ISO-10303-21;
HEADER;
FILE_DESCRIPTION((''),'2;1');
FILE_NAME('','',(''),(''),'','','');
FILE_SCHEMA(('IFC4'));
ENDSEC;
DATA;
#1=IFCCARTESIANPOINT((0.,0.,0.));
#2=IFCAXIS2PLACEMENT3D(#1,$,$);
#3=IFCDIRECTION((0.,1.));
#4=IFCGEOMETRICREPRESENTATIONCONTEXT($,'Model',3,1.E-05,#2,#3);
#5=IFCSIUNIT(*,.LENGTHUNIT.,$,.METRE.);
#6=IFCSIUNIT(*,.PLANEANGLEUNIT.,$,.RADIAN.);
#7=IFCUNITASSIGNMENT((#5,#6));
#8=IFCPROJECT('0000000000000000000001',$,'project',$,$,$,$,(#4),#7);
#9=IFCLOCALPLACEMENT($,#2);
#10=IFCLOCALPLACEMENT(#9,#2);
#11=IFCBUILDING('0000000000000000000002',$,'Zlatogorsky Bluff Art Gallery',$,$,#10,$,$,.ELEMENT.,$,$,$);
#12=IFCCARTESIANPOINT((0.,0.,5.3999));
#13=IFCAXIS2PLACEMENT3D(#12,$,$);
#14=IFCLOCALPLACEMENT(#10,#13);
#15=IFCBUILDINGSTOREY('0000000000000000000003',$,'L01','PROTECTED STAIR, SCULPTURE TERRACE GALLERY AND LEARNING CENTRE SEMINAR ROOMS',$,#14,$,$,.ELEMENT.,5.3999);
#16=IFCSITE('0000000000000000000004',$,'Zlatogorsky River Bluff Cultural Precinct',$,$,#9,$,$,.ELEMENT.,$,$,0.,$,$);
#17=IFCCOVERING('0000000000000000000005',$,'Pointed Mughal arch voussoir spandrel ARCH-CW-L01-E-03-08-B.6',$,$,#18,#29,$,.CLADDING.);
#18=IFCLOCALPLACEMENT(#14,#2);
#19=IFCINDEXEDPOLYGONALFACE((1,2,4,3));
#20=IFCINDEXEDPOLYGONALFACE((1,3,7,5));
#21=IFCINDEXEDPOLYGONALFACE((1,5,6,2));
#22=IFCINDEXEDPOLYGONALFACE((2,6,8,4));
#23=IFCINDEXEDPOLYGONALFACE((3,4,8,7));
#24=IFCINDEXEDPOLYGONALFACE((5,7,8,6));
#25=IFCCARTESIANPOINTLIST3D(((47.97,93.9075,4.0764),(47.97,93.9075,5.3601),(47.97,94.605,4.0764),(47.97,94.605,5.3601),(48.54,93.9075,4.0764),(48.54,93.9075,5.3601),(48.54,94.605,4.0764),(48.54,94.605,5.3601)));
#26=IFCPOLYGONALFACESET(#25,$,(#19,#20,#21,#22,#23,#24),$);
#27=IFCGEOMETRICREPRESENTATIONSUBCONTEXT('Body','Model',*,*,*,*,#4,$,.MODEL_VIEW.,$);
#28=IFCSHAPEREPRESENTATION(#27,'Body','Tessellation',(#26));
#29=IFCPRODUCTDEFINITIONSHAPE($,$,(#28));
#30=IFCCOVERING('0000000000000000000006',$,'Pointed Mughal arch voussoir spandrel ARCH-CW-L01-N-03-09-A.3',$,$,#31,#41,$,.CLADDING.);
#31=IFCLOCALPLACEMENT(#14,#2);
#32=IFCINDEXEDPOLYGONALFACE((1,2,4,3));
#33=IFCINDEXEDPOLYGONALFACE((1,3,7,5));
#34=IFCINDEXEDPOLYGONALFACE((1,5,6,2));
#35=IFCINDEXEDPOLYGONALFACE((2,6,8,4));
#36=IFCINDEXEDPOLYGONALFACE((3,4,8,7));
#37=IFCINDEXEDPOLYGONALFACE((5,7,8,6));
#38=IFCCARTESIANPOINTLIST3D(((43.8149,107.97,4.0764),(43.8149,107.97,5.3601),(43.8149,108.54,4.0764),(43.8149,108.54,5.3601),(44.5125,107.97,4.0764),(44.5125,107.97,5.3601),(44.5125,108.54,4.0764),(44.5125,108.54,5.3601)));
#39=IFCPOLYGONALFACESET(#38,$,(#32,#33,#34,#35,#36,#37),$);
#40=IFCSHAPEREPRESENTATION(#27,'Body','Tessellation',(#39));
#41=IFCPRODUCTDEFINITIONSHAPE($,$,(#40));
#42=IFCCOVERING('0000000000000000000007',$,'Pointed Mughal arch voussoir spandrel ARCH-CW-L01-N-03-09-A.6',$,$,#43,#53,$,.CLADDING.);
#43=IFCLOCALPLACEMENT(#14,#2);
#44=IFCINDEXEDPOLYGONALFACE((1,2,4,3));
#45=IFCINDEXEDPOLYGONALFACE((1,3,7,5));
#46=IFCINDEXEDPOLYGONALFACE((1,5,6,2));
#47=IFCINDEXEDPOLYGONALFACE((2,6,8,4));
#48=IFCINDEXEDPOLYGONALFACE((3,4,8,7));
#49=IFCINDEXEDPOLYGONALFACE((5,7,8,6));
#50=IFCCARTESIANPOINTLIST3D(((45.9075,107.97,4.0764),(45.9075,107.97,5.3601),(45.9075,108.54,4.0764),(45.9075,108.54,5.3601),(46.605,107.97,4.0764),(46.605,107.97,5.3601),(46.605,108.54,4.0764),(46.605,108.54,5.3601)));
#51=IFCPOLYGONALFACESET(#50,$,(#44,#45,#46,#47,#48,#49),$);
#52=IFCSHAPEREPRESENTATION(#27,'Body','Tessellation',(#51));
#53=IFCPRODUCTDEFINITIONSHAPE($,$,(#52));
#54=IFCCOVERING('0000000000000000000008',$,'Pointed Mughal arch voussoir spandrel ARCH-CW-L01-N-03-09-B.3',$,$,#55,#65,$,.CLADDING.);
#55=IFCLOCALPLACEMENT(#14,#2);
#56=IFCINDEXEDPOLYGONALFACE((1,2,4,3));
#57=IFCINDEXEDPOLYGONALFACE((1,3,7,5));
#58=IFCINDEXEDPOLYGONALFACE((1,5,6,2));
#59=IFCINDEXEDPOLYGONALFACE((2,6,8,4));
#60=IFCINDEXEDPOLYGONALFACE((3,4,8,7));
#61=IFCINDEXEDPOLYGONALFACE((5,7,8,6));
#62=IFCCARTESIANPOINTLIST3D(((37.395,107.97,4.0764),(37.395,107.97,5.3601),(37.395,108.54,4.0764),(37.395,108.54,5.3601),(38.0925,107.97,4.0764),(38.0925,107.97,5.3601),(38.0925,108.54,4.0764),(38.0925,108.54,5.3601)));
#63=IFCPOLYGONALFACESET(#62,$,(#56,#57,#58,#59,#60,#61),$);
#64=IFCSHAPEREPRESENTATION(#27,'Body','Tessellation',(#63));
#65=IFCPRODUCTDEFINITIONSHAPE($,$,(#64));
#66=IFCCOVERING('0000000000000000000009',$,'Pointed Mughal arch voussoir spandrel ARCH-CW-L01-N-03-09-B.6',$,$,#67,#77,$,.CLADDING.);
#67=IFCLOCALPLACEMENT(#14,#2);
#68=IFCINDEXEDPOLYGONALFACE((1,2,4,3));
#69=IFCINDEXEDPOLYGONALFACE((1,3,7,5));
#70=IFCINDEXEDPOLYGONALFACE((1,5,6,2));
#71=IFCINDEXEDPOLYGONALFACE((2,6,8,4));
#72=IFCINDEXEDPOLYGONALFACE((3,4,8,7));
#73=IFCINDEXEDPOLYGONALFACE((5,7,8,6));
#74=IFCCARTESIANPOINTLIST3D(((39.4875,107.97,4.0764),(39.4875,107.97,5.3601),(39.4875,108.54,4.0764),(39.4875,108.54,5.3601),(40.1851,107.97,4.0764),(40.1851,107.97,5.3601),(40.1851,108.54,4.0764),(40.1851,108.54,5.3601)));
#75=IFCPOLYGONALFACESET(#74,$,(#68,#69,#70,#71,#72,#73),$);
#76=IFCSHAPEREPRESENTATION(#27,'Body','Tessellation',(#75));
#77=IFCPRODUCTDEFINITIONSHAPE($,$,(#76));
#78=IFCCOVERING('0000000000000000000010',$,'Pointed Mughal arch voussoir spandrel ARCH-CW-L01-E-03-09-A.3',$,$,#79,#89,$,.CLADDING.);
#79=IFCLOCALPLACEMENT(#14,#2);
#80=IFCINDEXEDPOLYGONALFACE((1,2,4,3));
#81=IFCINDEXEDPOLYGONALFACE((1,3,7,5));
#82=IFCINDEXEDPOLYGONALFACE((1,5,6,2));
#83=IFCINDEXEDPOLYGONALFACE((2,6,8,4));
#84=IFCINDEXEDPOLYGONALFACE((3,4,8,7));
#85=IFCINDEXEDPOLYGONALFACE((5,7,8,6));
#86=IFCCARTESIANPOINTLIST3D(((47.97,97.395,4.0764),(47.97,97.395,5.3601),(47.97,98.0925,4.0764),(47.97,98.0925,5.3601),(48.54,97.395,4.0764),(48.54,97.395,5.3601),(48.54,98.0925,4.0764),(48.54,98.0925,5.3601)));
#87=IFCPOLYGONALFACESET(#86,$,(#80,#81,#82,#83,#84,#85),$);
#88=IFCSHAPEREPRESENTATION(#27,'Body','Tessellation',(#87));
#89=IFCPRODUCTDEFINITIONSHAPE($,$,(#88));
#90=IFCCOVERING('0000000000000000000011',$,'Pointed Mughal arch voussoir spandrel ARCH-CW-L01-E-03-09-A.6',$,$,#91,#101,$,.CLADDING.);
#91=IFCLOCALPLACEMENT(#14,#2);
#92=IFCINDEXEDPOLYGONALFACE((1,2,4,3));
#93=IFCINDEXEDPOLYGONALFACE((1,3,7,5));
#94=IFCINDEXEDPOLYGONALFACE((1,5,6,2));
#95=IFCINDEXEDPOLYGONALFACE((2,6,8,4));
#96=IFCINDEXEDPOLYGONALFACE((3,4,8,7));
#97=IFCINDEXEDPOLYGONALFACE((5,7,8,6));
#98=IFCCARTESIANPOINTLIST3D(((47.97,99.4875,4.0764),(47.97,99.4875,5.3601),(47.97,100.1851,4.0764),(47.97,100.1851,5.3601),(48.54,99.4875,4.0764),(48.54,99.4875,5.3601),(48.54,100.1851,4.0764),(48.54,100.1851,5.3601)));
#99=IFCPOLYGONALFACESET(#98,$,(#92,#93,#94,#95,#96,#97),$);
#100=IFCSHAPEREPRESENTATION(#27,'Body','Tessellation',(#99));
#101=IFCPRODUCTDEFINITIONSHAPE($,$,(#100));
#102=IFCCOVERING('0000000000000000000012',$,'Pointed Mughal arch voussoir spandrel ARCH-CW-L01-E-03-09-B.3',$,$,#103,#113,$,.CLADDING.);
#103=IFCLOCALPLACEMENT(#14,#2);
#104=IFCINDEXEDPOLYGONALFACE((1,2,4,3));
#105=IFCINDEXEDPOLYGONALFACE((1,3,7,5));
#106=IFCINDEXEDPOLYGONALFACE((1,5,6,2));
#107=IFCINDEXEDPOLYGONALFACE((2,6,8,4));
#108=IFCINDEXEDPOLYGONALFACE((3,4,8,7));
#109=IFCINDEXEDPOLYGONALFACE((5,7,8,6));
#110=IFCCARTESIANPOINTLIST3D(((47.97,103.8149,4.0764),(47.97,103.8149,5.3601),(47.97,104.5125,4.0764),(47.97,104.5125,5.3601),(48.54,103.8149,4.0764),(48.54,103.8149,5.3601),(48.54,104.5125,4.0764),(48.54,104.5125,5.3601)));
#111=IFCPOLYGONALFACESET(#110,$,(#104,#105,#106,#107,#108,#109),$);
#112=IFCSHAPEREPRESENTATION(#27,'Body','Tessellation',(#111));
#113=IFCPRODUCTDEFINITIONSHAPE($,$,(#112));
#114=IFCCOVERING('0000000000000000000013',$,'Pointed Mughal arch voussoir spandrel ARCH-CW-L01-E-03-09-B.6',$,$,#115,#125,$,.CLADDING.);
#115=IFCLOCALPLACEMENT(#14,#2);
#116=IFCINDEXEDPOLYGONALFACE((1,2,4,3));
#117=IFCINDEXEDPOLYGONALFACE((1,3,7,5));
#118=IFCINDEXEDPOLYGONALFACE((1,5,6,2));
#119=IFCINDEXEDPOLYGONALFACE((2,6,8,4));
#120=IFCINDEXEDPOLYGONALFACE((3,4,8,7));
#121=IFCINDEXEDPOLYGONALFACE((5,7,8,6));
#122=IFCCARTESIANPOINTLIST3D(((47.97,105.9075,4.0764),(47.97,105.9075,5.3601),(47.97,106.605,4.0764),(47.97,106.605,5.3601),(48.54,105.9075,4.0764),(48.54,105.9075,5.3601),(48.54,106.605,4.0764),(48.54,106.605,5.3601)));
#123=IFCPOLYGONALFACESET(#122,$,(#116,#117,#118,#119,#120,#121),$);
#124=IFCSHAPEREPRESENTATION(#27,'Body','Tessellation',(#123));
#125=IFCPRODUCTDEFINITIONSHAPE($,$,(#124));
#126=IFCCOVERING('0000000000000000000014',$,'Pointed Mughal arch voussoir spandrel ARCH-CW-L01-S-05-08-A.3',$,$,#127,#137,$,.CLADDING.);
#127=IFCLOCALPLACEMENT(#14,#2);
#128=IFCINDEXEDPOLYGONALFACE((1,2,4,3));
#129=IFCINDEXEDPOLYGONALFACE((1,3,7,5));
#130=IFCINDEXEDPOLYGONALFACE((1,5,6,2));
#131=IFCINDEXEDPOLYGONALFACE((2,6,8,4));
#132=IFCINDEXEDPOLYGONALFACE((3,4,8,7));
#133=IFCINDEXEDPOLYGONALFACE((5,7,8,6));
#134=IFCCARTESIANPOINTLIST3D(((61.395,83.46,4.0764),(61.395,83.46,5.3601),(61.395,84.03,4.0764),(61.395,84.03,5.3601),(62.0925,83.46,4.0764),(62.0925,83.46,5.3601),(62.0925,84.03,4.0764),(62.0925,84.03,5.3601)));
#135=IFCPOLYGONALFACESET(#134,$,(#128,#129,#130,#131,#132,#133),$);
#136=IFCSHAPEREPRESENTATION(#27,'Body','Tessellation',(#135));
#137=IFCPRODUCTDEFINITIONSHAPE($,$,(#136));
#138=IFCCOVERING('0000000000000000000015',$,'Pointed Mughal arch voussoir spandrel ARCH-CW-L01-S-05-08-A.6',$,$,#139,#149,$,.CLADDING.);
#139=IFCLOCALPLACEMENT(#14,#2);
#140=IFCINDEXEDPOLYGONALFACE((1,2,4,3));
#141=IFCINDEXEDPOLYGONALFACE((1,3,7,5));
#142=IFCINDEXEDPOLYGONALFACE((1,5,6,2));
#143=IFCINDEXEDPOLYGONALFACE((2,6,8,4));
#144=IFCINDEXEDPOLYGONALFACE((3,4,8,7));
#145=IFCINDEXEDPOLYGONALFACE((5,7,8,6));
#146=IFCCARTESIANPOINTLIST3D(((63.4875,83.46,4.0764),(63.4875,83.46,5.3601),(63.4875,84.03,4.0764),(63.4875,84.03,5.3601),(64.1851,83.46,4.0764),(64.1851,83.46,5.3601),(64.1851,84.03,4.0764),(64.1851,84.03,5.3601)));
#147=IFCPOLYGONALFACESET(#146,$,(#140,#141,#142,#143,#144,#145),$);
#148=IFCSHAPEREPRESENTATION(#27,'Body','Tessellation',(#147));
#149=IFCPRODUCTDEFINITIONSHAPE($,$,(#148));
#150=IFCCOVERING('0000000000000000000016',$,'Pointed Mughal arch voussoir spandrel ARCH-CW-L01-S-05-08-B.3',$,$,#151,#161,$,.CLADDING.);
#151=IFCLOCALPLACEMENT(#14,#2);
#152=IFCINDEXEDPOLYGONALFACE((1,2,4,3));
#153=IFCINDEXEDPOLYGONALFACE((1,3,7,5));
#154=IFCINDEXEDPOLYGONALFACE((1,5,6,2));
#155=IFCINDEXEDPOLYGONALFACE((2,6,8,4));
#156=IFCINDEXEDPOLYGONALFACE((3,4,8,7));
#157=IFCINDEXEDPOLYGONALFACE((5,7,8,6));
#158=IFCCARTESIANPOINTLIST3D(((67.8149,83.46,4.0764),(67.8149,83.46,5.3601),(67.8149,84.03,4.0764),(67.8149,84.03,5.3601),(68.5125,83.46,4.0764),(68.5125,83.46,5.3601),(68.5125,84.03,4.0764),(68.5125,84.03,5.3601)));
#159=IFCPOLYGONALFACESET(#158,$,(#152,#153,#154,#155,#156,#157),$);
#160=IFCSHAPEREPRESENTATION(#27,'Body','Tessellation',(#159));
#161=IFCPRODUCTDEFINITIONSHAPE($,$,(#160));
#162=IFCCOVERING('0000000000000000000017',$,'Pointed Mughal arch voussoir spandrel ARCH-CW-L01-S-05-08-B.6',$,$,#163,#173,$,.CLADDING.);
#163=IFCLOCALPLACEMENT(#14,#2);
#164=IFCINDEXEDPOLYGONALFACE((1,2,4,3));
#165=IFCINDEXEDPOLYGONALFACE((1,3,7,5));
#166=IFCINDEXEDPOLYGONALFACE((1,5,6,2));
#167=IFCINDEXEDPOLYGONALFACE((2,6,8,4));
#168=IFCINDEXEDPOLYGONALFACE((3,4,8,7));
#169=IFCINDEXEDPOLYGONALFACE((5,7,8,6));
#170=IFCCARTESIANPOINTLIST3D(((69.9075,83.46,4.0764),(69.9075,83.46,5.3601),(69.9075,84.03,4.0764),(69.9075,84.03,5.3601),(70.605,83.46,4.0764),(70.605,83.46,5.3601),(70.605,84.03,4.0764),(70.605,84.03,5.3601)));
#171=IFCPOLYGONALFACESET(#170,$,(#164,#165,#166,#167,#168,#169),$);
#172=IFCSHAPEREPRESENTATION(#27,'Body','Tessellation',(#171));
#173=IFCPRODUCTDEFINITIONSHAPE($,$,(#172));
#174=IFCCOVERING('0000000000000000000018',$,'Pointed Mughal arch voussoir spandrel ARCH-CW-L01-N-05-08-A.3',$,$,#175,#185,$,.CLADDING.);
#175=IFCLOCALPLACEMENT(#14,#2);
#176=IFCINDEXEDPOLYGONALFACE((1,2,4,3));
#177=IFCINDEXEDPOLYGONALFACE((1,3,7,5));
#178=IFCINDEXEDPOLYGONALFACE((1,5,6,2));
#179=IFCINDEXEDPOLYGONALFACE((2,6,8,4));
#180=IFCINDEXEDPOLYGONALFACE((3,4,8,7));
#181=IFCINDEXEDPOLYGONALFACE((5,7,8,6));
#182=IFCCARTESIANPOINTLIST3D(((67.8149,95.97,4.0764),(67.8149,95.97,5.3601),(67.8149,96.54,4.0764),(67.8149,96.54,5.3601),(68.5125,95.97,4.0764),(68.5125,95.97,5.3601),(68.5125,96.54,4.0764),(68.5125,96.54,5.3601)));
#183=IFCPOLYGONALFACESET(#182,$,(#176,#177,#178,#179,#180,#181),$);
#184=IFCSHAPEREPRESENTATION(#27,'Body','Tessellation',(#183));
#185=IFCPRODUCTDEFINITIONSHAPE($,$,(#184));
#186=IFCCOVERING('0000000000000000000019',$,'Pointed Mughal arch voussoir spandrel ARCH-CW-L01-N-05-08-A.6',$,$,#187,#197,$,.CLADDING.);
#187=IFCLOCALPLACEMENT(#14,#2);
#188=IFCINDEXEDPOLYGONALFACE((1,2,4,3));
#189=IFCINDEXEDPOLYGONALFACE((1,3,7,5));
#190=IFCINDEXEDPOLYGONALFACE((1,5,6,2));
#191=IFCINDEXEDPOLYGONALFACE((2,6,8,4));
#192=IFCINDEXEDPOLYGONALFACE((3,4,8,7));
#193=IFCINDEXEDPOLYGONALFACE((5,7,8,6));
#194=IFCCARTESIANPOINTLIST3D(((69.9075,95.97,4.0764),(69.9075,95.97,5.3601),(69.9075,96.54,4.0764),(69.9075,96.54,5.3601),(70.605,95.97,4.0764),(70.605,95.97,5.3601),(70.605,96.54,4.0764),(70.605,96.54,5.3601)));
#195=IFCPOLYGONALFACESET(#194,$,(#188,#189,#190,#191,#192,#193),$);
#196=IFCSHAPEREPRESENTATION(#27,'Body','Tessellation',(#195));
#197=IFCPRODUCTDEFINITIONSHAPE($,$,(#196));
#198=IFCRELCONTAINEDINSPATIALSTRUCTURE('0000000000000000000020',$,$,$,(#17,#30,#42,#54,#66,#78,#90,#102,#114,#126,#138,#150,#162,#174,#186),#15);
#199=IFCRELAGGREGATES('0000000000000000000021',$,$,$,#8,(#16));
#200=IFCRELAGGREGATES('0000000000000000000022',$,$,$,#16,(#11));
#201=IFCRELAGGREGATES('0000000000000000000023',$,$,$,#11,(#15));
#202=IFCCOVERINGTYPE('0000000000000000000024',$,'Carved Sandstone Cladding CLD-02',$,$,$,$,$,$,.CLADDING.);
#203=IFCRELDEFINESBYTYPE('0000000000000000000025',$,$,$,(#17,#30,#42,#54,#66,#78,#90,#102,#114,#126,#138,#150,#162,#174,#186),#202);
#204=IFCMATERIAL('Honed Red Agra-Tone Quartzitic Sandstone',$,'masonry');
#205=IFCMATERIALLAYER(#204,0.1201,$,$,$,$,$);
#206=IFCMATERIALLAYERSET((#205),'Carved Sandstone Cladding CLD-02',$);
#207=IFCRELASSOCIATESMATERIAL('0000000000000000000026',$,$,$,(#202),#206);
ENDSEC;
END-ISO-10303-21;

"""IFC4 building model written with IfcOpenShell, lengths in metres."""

from ifc_helpers import new_model, si_unit, direction, frame, origin, place, context, subcontext, project, spatial, polyline, outline, extrude, material, layer, layer_set, type_object, element, save


model = new_model("IFC4")

# Units and contexts
model_context = context("Model", 3, precision=1e-05, world=origin(), true_north=direction((0.0, 1.0)))
body_context = subcontext(model_context, "Body", "Model", "MODEL_VIEW")
ifc_project = project(units=[si_unit("LENGTHUNIT", "METRE"), si_unit("PLANEANGLEUNIT", "RADIAN")], contexts=[model_context])

# Site, building, storey
site_placement = place(None, origin())
site = spatial("IfcSite", under=ifc_project, at=site_placement, Name="Zlatogorsky River Bluff Cultural Precinct", CompositionType="ELEMENT", RefElevation=0.0)
building_placement = place(site_placement, origin())
building = spatial("IfcBuilding", under=site, at=building_placement, Name="Zlatogorsky Bluff Art Gallery", CompositionType="ELEMENT")
storey_placement = place(building_placement, frame((0.0, 0.0, 5.3999)))
storey = spatial("IfcBuildingStorey", under=building, at=storey_placement, Name="L01", Description="PROTECTED STAIR, SCULPTURE TERRACE GALLERY AND LEARNING CENTRE SEMINAR ROOMS", CompositionType="ELEMENT", Elevation=5.3999)

# Coverings
ifc_material = material(Name="Honed Red Agra-Tone Quartzitic Sandstone", Category="masonry")
ifc_layer = layer(ifc_material, 0.1201)
ifc_layer_set = layer_set([ifc_layer], Name="Carved Sandstone Cladding CLD-02")
covering_type = type_object("IfcCoveringType", Name="Carved Sandstone Cladding CLD-02", PredefinedType="CLADDING", material=ifc_layer_set)
covering_1_placement = place(storey_placement, frame((0.0, 0.0, 4.0764)))
element("IfcCovering", 1, at=covering_1_placement, inside=storey, type_object=covering_type, Name="Pointed Mughal arch voussoir spandrel ARCH-CW-L01-E-03-08-B.6", PredefinedType="CLADDING", context=body_context, shape_type="SweptSolid", body=[
    extrude(outline(polyline([(47.97, 93.9075), (47.97, 94.605), (48.54, 94.605), (48.54, 93.9075), (47.97, 93.9075)])), origin(), (0.0, 0.0, 1.0), 1.2837),
])
covering_2_placement = place(storey_placement, frame((0.0, 0.0, 4.0764)))
element("IfcCovering", 2, at=covering_2_placement, inside=storey, type_object=covering_type, Name="Pointed Mughal arch voussoir spandrel ARCH-CW-L01-N-03-09-A.3", PredefinedType="CLADDING", context=body_context, shape_type="SweptSolid", body=[
    extrude(outline(polyline([(43.8149, 107.97), (44.5125, 107.97), (44.5125, 108.54), (43.8149, 108.54), (43.8149, 107.97)])), origin(), (0.0, 0.0, 1.0), 1.2837),
])
covering_3_placement = place(storey_placement, frame((0.0, 0.0, 4.0764)))
element("IfcCovering", 3, at=covering_3_placement, inside=storey, type_object=covering_type, Name="Pointed Mughal arch voussoir spandrel ARCH-CW-L01-N-03-09-A.6", PredefinedType="CLADDING", context=body_context, shape_type="SweptSolid", body=[
    extrude(outline(polyline([(45.9075, 107.97), (46.605, 107.97), (46.605, 108.54), (45.9075, 108.54), (45.9075, 107.97)])), origin(), (0.0, 0.0, 1.0), 1.2837),
])
covering_4_placement = place(storey_placement, frame((0.0, 0.0, 4.0764)))
element("IfcCovering", 4, at=covering_4_placement, inside=storey, type_object=covering_type, Name="Pointed Mughal arch voussoir spandrel ARCH-CW-L01-N-03-09-B.3", PredefinedType="CLADDING", context=body_context, shape_type="SweptSolid", body=[
    extrude(outline(polyline([(37.395, 107.97), (38.0925, 107.97), (38.0925, 108.54), (37.395, 108.54), (37.395, 107.97)])), origin(), (0.0, 0.0, 1.0), 1.2837),
])
covering_5_placement = place(storey_placement, frame((0.0, 0.0, 4.0764)))
element("IfcCovering", 5, at=covering_5_placement, inside=storey, type_object=covering_type, Name="Pointed Mughal arch voussoir spandrel ARCH-CW-L01-N-03-09-B.6", PredefinedType="CLADDING", context=body_context, shape_type="SweptSolid", body=[
    extrude(outline(polyline([(39.4875, 107.97), (40.1851, 107.97), (40.1851, 108.54), (39.4875, 108.54), (39.4875, 107.97)])), origin(), (0.0, 0.0, 1.0), 1.2837),
])
covering_6_placement = place(storey_placement, frame((0.0, 0.0, 4.0764)))
element("IfcCovering", 6, at=covering_6_placement, inside=storey, type_object=covering_type, Name="Pointed Mughal arch voussoir spandrel ARCH-CW-L01-E-03-09-A.3", PredefinedType="CLADDING", context=body_context, shape_type="SweptSolid", body=[
    extrude(outline(polyline([(47.97, 97.395), (47.97, 98.0925), (48.54, 98.0925), (48.54, 97.395), (47.97, 97.395)])), origin(), (0.0, 0.0, 1.0), 1.2837),
])
covering_7_placement = place(storey_placement, frame((0.0, 0.0, 4.0764)))
element("IfcCovering", 7, at=covering_7_placement, inside=storey, type_object=covering_type, Name="Pointed Mughal arch voussoir spandrel ARCH-CW-L01-E-03-09-A.6", PredefinedType="CLADDING", context=body_context, shape_type="SweptSolid", body=[
    extrude(outline(polyline([(47.97, 99.4875), (47.97, 100.1851), (48.54, 100.1851), (48.54, 99.4875), (47.97, 99.4875)])), origin(), (0.0, 0.0, 1.0), 1.2837),
])
covering_8_placement = place(storey_placement, frame((0.0, 0.0, 4.0764)))
element("IfcCovering", 8, at=covering_8_placement, inside=storey, type_object=covering_type, Name="Pointed Mughal arch voussoir spandrel ARCH-CW-L01-E-03-09-B.3", PredefinedType="CLADDING", context=body_context, shape_type="SweptSolid", body=[
    extrude(outline(polyline([(47.97, 103.8149), (47.97, 104.5125), (48.54, 104.5125), (48.54, 103.8149), (47.97, 103.8149)])), origin(), (0.0, 0.0, 1.0), 1.2837),
])
covering_9_placement = place(storey_placement, frame((0.0, 0.0, 4.0764)))
element("IfcCovering", 9, at=covering_9_placement, inside=storey, type_object=covering_type, Name="Pointed Mughal arch voussoir spandrel ARCH-CW-L01-E-03-09-B.6", PredefinedType="CLADDING", context=body_context, shape_type="SweptSolid", body=[
    extrude(outline(polyline([(47.97, 105.9075), (47.97, 106.605), (48.54, 106.605), (48.54, 105.9075), (47.97, 105.9075)])), origin(), (0.0, 0.0, 1.0), 1.2837),
])
covering_10_placement = place(storey_placement, frame((0.0, 0.0, 4.0764)))
element("IfcCovering", 10, at=covering_10_placement, inside=storey, type_object=covering_type, Name="Pointed Mughal arch voussoir spandrel ARCH-CW-L01-S-05-08-A.3", PredefinedType="CLADDING", context=body_context, shape_type="SweptSolid", body=[
    extrude(outline(polyline([(61.395, 83.46), (62.0925, 83.46), (62.0925, 84.03), (61.395, 84.03), (61.395, 83.46)])), origin(), (0.0, 0.0, 1.0), 1.2837),
])
covering_11_placement = place(storey_placement, frame((0.0, 0.0, 4.0764)))
element("IfcCovering", 11, at=covering_11_placement, inside=storey, type_object=covering_type, Name="Pointed Mughal arch voussoir spandrel ARCH-CW-L01-S-05-08-A.6", PredefinedType="CLADDING", context=body_context, shape_type="SweptSolid", body=[
    extrude(outline(polyline([(63.4875, 83.46), (64.1851, 83.46), (64.1851, 84.03), (63.4875, 84.03), (63.4875, 83.46)])), origin(), (0.0, 0.0, 1.0), 1.2837),
])
covering_12_placement = place(storey_placement, frame((0.0, 0.0, 4.0764)))
element("IfcCovering", 12, at=covering_12_placement, inside=storey, type_object=covering_type, Name="Pointed Mughal arch voussoir spandrel ARCH-CW-L01-S-05-08-B.3", PredefinedType="CLADDING", context=body_context, shape_type="SweptSolid", body=[
    extrude(outline(polyline([(67.8149, 83.46), (68.5125, 83.46), (68.5125, 84.03), (67.8149, 84.03), (67.8149, 83.46)])), origin(), (0.0, 0.0, 1.0), 1.2837),
])
covering_13_placement = place(storey_placement, frame((0.0, 0.0, 4.0764)))
element("IfcCovering", 13, at=covering_13_placement, inside=storey, type_object=covering_type, Name="Pointed Mughal arch voussoir spandrel ARCH-CW-L01-S-05-08-B.6", PredefinedType="CLADDING", context=body_context, shape_type="SweptSolid", body=[
    extrude(outline(polyline([(69.9075, 83.46), (70.605, 83.46), (70.605, 84.03), (69.9075, 84.03), (69.9075, 83.46)])), origin(), (0.0, 0.0, 1.0), 1.2837),
])
covering_14_placement = place(storey_placement, frame((0.0, 0.0, 4.0764)))
element("IfcCovering", 14, at=covering_14_placement, inside=storey, type_object=covering_type, Name="Pointed Mughal arch voussoir spandrel ARCH-CW-L01-N-05-08-A.3", PredefinedType="CLADDING", context=body_context, shape_type="SweptSolid", body=[
    extrude(outline(polyline([(67.8149, 95.97), (68.5125, 95.97), (68.5125, 96.54), (67.8149, 96.54), (67.8149, 95.97)])), origin(), (0.0, 0.0, 1.0), 1.2837),
])
covering_15_placement = place(storey_placement, frame((0.0, 0.0, 4.0764)))
element("IfcCovering", 15, at=covering_15_placement, inside=storey, type_object=covering_type, Name="Pointed Mughal arch voussoir spandrel ARCH-CW-L01-N-05-08-A.6", PredefinedType="CLADDING", context=body_context, shape_type="SweptSolid", body=[
    extrude(outline(polyline([(69.9075, 95.97), (70.605, 95.97), (70.605, 96.54), (69.9075, 96.54), (69.9075, 95.97)])), origin(), (0.0, 0.0, 1.0), 1.2837),
])

save(model, "model.ifc")
